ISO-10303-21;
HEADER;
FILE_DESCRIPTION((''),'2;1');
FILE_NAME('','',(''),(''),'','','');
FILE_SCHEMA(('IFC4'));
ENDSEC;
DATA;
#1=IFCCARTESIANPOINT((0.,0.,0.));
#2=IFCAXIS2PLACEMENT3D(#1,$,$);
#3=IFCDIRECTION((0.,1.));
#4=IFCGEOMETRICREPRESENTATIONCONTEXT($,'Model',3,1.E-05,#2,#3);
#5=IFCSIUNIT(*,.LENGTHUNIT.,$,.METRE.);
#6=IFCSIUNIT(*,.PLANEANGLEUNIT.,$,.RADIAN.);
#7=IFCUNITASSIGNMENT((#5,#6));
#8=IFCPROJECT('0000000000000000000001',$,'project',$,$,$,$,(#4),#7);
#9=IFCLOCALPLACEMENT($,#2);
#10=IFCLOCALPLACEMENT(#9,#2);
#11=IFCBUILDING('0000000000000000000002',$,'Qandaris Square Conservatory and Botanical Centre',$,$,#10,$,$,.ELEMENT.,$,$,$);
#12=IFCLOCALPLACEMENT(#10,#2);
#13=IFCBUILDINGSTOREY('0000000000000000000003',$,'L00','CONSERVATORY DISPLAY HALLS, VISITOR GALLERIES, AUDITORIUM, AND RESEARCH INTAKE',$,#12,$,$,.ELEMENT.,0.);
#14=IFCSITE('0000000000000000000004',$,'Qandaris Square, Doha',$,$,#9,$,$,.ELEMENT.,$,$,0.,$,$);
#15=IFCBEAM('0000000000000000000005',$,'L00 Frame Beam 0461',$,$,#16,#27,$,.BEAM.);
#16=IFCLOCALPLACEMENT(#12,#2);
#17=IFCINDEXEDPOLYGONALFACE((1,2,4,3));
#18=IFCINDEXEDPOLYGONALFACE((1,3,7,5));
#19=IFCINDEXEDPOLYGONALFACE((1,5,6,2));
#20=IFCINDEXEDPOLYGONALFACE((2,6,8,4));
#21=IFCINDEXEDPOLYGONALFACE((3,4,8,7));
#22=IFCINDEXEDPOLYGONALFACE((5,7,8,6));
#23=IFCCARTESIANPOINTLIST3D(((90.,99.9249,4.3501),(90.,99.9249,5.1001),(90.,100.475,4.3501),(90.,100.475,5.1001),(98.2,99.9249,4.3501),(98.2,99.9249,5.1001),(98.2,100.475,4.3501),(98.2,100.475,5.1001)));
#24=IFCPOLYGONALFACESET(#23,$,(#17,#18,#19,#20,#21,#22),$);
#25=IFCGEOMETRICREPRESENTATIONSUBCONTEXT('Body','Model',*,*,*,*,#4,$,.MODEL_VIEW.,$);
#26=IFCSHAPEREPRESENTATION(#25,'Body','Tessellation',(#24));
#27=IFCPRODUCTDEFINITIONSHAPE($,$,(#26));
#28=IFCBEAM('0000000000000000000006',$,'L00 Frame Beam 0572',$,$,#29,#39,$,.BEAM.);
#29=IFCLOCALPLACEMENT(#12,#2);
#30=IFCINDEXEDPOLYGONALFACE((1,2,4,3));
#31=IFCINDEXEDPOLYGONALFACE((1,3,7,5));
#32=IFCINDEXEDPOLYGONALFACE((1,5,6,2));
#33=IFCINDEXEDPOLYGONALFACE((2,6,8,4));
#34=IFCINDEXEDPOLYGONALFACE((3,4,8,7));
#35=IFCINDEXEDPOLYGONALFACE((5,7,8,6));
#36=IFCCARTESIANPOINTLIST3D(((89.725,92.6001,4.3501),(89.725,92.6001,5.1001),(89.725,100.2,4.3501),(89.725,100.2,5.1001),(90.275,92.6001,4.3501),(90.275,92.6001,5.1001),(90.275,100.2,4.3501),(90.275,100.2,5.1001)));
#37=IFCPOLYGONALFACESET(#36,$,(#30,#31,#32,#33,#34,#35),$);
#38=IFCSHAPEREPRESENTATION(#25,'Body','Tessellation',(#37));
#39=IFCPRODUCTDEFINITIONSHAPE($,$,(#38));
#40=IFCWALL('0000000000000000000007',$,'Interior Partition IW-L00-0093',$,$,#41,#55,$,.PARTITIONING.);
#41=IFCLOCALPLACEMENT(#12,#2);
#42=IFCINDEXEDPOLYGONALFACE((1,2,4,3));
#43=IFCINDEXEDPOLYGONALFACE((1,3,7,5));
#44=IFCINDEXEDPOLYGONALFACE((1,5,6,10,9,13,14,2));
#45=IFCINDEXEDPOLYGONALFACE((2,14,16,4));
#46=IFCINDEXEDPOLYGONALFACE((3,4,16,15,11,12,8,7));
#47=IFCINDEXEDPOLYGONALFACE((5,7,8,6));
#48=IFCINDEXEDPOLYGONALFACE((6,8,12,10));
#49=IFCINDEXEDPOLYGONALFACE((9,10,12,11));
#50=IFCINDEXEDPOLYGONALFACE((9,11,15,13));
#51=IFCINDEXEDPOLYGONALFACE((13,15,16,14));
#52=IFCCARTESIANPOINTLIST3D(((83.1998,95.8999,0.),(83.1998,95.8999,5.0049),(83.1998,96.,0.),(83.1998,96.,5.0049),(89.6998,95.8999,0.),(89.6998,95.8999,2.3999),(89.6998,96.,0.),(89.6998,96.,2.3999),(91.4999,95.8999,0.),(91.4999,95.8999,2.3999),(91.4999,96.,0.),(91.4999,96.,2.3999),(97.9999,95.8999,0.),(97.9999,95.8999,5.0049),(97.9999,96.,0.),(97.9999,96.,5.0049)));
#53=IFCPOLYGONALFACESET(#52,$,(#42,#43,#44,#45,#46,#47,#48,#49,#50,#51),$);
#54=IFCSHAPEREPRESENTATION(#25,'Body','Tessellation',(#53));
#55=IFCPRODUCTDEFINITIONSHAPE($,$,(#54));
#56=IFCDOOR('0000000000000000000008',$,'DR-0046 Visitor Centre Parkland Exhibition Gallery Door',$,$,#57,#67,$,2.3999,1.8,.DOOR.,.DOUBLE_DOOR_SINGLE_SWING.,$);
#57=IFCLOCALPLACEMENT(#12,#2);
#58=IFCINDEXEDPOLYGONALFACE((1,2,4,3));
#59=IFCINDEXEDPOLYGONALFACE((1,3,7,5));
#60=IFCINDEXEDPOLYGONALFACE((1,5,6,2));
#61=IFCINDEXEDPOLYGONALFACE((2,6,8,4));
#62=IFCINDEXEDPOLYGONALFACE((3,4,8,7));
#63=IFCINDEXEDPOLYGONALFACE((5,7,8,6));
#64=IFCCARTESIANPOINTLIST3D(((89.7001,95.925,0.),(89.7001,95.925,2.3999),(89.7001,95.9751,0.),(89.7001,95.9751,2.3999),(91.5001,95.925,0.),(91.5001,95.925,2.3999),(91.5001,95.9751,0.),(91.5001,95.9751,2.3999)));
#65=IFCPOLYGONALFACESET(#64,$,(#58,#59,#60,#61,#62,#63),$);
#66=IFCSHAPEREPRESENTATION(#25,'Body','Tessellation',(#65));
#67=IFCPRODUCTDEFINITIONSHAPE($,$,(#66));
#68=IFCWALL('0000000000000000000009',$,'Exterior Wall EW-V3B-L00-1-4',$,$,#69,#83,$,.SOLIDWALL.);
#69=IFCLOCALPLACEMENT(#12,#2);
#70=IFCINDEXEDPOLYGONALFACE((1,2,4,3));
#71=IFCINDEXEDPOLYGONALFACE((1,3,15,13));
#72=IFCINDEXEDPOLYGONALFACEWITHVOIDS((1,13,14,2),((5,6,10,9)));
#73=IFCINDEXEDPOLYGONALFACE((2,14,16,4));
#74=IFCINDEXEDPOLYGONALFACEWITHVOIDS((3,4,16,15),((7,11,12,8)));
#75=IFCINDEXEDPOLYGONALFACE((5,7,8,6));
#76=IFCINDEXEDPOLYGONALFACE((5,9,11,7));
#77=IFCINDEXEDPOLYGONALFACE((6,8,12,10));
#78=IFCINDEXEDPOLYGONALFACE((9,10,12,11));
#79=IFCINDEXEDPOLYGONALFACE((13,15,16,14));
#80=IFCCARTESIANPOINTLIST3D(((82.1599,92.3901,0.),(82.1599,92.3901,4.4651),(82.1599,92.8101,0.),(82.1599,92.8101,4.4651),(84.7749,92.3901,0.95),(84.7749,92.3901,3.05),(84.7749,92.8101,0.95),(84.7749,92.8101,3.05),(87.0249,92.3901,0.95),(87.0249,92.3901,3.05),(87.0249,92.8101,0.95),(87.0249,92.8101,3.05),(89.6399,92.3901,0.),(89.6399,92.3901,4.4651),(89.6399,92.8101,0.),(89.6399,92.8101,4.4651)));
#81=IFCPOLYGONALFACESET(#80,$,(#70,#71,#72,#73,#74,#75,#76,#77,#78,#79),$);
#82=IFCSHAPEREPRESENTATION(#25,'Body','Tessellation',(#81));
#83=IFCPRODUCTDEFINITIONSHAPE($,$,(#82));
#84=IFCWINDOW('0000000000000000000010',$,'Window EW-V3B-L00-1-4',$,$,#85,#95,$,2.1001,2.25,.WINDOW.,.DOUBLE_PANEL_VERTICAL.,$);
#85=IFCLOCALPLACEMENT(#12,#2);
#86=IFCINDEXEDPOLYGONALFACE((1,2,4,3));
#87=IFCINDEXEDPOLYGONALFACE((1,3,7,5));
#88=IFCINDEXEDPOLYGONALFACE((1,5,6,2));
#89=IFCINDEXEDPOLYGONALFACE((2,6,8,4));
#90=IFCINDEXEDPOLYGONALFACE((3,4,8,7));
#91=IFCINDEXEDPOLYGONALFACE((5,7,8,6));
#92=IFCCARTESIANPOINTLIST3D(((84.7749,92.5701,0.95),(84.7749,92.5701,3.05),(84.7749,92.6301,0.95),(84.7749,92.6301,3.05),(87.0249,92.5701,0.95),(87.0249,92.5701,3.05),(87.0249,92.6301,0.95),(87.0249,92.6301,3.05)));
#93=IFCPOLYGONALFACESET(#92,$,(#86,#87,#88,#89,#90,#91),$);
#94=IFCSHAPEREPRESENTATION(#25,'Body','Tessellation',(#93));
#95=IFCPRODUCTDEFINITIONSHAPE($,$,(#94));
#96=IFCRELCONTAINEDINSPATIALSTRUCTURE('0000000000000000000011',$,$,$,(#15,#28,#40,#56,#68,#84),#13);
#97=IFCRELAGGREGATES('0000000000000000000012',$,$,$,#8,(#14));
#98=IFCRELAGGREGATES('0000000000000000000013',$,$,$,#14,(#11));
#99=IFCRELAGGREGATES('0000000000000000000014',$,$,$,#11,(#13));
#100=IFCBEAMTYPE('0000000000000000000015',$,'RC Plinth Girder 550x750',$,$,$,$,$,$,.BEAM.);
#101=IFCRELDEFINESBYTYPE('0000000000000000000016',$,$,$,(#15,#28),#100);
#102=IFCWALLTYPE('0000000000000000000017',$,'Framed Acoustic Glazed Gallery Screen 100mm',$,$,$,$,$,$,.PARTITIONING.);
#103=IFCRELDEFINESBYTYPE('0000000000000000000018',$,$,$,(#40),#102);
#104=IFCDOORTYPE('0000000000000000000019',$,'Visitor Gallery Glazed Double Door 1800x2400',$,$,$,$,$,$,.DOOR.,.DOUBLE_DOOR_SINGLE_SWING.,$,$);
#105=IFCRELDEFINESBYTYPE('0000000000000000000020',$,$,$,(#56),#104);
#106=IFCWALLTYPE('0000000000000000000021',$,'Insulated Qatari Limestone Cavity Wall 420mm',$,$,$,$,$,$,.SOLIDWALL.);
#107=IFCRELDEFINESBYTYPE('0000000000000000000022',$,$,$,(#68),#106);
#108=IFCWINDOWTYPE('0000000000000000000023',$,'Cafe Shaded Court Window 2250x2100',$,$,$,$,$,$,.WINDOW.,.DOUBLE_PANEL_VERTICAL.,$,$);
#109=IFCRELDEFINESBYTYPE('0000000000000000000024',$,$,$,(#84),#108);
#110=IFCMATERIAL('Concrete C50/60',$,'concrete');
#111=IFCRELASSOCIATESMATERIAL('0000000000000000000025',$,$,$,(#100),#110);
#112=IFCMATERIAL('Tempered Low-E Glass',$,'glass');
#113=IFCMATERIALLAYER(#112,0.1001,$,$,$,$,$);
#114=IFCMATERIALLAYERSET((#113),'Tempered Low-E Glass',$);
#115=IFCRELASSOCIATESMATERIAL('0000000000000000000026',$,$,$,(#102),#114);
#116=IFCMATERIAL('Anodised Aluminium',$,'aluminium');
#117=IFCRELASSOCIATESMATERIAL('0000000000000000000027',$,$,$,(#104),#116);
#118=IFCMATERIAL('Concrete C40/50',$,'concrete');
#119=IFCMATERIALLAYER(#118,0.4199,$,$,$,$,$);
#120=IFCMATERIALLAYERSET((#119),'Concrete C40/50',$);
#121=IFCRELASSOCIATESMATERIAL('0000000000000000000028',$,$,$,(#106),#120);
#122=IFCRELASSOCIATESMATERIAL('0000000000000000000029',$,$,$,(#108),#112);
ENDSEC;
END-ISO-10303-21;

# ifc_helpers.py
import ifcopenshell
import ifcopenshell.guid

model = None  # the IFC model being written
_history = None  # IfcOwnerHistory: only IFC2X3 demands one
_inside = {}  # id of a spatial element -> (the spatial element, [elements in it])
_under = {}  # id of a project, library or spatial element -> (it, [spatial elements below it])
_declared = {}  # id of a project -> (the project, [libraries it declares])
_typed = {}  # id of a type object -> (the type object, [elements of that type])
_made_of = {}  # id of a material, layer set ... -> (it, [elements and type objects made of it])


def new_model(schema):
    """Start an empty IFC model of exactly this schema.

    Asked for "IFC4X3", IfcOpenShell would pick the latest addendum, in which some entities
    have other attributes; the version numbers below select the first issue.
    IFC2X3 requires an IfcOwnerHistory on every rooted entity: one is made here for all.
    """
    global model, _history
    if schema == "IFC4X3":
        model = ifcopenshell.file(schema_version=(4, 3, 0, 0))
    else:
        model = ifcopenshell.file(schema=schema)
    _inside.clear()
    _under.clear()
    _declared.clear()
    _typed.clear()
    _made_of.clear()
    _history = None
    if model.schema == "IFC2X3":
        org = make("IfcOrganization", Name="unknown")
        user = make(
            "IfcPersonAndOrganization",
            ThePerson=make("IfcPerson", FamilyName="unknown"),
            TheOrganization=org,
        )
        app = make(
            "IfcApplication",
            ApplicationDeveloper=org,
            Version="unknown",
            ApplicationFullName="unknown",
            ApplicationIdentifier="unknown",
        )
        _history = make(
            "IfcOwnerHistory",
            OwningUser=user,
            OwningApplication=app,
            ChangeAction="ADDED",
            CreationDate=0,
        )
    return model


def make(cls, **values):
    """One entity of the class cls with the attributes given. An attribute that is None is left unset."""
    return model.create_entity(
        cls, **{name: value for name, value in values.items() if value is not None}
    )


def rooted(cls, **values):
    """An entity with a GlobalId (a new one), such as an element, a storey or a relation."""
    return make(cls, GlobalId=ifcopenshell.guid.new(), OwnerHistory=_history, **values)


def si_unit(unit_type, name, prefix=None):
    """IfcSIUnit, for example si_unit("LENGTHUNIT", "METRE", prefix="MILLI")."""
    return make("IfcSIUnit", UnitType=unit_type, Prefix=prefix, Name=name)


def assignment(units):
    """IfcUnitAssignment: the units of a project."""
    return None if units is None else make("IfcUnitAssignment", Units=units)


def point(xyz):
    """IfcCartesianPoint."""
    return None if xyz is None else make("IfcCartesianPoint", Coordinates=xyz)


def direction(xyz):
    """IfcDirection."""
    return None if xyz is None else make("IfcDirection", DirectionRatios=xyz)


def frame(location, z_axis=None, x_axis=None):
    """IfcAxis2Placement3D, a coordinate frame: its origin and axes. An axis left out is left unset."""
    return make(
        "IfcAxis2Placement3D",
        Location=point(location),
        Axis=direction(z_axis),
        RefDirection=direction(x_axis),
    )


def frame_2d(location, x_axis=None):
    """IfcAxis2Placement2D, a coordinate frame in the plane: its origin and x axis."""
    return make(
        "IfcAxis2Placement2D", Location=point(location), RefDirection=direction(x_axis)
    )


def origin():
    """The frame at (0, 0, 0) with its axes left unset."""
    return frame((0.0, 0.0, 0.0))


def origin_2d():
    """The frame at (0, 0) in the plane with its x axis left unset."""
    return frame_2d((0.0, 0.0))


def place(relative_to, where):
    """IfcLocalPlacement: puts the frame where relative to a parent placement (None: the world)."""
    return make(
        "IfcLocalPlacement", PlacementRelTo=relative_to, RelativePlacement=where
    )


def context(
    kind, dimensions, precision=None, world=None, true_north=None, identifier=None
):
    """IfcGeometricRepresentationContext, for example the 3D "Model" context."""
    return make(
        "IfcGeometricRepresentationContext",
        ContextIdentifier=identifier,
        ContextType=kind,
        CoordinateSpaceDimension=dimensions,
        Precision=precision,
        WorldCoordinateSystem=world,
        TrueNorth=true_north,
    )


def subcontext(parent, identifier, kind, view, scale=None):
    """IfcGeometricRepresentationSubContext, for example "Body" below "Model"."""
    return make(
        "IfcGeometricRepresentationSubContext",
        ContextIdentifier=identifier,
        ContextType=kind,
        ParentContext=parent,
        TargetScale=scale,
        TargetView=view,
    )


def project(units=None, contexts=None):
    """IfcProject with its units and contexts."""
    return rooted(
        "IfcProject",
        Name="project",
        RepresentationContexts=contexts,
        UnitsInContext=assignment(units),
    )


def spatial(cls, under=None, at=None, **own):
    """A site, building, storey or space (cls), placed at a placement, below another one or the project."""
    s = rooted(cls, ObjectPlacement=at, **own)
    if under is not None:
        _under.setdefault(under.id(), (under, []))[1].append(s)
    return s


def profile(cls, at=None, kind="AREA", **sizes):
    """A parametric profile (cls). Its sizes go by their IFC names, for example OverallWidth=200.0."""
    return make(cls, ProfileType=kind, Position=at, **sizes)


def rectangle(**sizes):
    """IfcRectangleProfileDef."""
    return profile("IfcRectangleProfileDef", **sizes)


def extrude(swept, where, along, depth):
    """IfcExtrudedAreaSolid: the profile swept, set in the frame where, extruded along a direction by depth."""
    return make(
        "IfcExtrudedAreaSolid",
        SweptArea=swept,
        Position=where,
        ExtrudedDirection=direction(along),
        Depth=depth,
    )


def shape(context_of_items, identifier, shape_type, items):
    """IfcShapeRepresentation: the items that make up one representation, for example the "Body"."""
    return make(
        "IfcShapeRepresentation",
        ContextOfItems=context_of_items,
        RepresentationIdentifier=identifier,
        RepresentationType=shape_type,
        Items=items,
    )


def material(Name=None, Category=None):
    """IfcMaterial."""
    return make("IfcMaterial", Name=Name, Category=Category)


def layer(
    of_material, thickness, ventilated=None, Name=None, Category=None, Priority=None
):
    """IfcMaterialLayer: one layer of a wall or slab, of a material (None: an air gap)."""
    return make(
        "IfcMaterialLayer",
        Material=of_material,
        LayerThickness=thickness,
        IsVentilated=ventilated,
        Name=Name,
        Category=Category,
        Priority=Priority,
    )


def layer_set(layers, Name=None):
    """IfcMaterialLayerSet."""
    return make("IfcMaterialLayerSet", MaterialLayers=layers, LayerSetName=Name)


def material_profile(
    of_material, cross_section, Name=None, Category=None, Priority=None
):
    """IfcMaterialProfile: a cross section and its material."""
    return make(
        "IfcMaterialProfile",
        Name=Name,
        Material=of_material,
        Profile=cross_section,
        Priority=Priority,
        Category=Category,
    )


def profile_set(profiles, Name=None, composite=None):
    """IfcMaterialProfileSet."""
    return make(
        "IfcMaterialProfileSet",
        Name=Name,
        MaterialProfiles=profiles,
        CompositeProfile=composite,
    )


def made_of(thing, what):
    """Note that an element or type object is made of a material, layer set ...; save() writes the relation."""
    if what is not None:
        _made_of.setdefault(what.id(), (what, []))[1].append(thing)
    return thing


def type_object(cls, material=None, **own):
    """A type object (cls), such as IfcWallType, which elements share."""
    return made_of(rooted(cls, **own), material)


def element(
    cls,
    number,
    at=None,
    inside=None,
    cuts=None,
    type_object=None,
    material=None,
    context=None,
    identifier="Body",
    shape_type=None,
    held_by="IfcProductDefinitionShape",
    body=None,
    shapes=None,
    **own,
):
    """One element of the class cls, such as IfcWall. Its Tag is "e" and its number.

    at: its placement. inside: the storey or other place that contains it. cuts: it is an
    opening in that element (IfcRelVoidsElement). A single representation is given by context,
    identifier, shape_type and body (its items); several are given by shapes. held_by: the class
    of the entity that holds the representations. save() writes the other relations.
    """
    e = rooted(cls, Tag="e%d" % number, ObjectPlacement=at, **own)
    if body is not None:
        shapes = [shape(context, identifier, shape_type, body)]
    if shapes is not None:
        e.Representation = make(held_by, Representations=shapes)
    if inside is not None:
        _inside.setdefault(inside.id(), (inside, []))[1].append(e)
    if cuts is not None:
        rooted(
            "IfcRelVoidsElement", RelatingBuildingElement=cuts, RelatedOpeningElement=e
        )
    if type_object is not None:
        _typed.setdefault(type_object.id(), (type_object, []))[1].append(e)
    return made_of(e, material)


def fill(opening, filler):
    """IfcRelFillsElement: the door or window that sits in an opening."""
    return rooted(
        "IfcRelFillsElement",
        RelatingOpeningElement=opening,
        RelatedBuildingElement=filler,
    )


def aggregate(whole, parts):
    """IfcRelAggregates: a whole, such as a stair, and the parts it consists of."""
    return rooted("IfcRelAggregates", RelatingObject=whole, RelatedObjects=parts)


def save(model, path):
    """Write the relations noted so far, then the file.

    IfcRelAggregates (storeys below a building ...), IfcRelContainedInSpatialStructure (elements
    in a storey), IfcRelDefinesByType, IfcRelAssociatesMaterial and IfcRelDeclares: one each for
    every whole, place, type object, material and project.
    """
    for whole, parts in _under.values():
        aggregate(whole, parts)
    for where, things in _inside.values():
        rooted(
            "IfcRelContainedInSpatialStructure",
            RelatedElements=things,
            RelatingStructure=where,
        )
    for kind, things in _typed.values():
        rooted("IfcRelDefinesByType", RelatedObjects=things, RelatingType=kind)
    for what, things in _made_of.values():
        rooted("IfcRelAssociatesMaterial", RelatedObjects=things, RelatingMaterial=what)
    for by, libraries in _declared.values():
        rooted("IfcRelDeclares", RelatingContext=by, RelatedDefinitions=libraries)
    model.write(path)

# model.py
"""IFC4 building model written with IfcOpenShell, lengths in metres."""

from ifc_helpers import new_model, si_unit, direction, frame, frame_2d, origin, origin_2d, place, context, subcontext, project, spatial, rectangle, extrude, material, layer, layer_set, material_profile, profile_set, type_object, element, fill, save


model = new_model("IFC4")

# Units and contexts
model_context = context("Model", 3, precision=1e-05, world=origin(), true_north=direction((0.0, 1.0)))
body_context = subcontext(model_context, "Body", "Model", "MODEL_VIEW")
ifc_project = project(units=[si_unit("LENGTHUNIT", "METRE"), si_unit("PLANEANGLEUNIT", "RADIAN")], contexts=[model_context])

# Site, building, storey
site_placement = place(None, origin())
site = spatial("IfcSite", under=ifc_project, at=site_placement, Name="Qandaris Square, Doha", CompositionType="ELEMENT", RefElevation=0.0)
building_placement = place(site_placement, origin())
building = spatial("IfcBuilding", under=site, at=building_placement, Name="Qandaris Square Conservatory and Botanical Centre", CompositionType="ELEMENT")
storey_placement = place(building_placement, origin())
storey = spatial("IfcBuildingStorey", under=building, at=storey_placement, Name="L00", Description="CONSERVATORY DISPLAY HALLS, VISITOR GALLERIES, AUDITORIUM, AND RESEARCH INTAKE", CompositionType="ELEMENT", Elevation=0.0)

# Shared definitions
ifc_material_1 = material(Name="Concrete C50/60", Category="concrete")

# Shared definitions
ifc_material_2 = material(Name="Concrete C40/50", Category="concrete")

# Beams
ifc_material_profile_1 = material_profile(ifc_material_1, rectangle(XDim=0.55, YDim=0.75, at=origin_2d()), Name="RC-BM 550x750")
ifc_profile_set_1 = profile_set([ifc_material_profile_1], Name="Concrete C50/60")
beam_type_1 = type_object("IfcBeamType", Name="RC Plinth Girder 550x750", PredefinedType="BEAM", material=ifc_profile_set_1)
beam_1_placement = place(storey_placement, frame((90.0, 100.2, 4.7251), z_axis=(1.0, 0.0, 0.0), x_axis=(0.0, 1.0, 0.0)))
element("IfcBeam", 1, at=beam_1_placement, inside=storey, type_object=beam_type_1, Name="L00 Frame Beam 0461", PredefinedType="BEAM", context=body_context, shape_type="SweptSolid", body=[
    extrude(rectangle(XDim=0.55, YDim=0.75, at=origin_2d()), origin(), (0.0, 0.0, 1.0), 8.2),
])
beam_2_placement = place(storey_placement, frame((90.0, 92.6001, 4.7251), z_axis=(0.0, 1.0, 0.0), x_axis=(-1.0, 0.0, 0.0)))
element("IfcBeam", 2, at=beam_2_placement, inside=storey, type_object=beam_type_1, Name="L00 Frame Beam 0572", PredefinedType="BEAM", context=body_context, shape_type="SweptSolid", body=[
    extrude(rectangle(XDim=0.55, YDim=0.75, at=origin_2d()), origin(), (0.0, 0.0, 1.0), 7.5999),
])

# Wall, opening, door
ifc_material_3 = material(Name="Tempered Low-E Glass", Category="glass")
ifc_layer_1 = layer(ifc_material_3, 0.1001)
ifc_layer_set_1 = layer_set([ifc_layer_1], Name="Tempered Low-E Glass")
wall_type_1 = type_object("IfcWallType", Name="Framed Acoustic Glazed Gallery Screen 100mm", PredefinedType="PARTITIONING", material=ifc_layer_set_1)
wall_1_placement = place(storey_placement, frame((83.2, 95.95, 0.0), z_axis=(0.0, 0.0, 1.0), x_axis=(1.0, 0.0, 0.0)))
wall_1 = element("IfcWall", 3, at=wall_1_placement, inside=storey, type_object=wall_type_1, Name="Interior Partition IW-L00-0093", PredefinedType="PARTITIONING", context=body_context, shape_type="SweptSolid", body=[
    extrude(rectangle(XDim=14.8, YDim=0.1001, at=frame_2d((7.3999, 0.0))), origin(), (0.0, 0.0, 1.0), 5.0049),
])
opening_1_placement = place(wall_1_placement, frame((6.5, 0.0, 0.0)))
opening_1 = element("IfcOpeningElement", 4, at=opening_1_placement, cuts=wall_1, PredefinedType="OPENING", context=body_context, shape_type="SweptSolid", body=[
    extrude(rectangle(XDim=1.8, YDim=2.3999, at=frame_2d((0.8999, 1.2))), frame((0.0, 0.062, 0.0), z_axis=(0.0, -1.0, 0.0), x_axis=(1.0, 0.0, 0.0)), (0.0, 0.0, 1.0), 0.124),
])
ifc_material_4 = material(Name="Anodised Aluminium", Category="aluminium")
door_type = type_object("IfcDoorType", Name="Visitor Gallery Glazed Double Door 1800x2400", OperationType="DOUBLE_DOOR_SINGLE_SWING", PredefinedType="DOOR", material=ifc_material_4)
door_placement = place(opening_1_placement, frame((1.8, 0.0, 0.0), z_axis=(0.0, 0.0, 1.0), x_axis=(-1.0, 0.0, 0.0)))
door = element("IfcDoor", 5, at=door_placement, inside=storey, type_object=door_type, Name="DR-0046 Visitor Centre Parkland Exhibition Gallery Door", OperationType="DOUBLE_DOOR_SINGLE_SWING", OverallHeight=2.3999, OverallWidth=1.8, PredefinedType="DOOR", context=body_context, shape_type="SweptSolid", body=[
    extrude(rectangle(XDim=1.8, YDim=2.3999, at=frame_2d((0.8999, 1.2))), frame((0.0, 0.0249, 0.0), z_axis=(0.0, -1.0, 0.0), x_axis=(1.0, 0.0, 0.0)), (0.0, 0.0, 1.0), 0.05),
])
fill(opening_1, door)

# Wall, opening, window
ifc_layer_2 = layer(ifc_material_2, 0.4199)
ifc_layer_set_2 = layer_set([ifc_layer_2], Name="Concrete C40/50")
wall_type_2 = type_object("IfcWallType", Name="Insulated Qatari Limestone Cavity Wall 420mm", PredefinedType="SOLIDWALL", material=ifc_layer_set_2)
wall_2_placement = place(storey_placement, frame((82.1599, 92.6001, 0.0), z_axis=(0.0, 0.0, 1.0), x_axis=(1.0, 0.0, 0.0)))
wall_2 = element("IfcWall", 6, at=wall_2_placement, inside=storey, type_object=wall_type_2, Name="Exterior Wall EW-V3B-L00-1-4", PredefinedType="SOLIDWALL", context=body_context, shape_type="SweptSolid", body=[
    extrude(rectangle(XDim=7.48, YDim=0.4199, at=frame_2d((3.74, 0.0))), origin(), (0.0, 0.0, 1.0), 4.4651),
])
opening_2_placement = place(wall_2_placement, frame((2.615, 0.0, 0.95)))
opening_2 = element("IfcOpeningElement", 7, at=opening_2_placement, cuts=wall_2, PredefinedType="OPENING", context=body_context, shape_type="SweptSolid", body=[
    extrude(rectangle(XDim=2.25, YDim=2.1001, at=frame_2d((1.125, 1.05))), frame((0.0, 0.2219, 0.0), z_axis=(0.0, -1.0, 0.0), x_axis=(1.0, 0.0, 0.0)), (0.0, 0.0, 1.0), 0.4438),
])
window_type = type_object("IfcWindowType", Name="Cafe Shaded Court Window 2250x2100", PartitioningType="DOUBLE_PANEL_VERTICAL", PredefinedType="WINDOW", material=ifc_material_3)
window_placement = place(opening_2_placement, origin())
window = element("IfcWindow", 8, at=window_placement, inside=storey, type_object=window_type, Name="Window EW-V3B-L00-1-4", OverallHeight=2.1001, OverallWidth=2.25, PartitioningType="DOUBLE_PANEL_VERTICAL", PredefinedType="WINDOW", context=body_context, shape_type="SweptSolid", body=[
    extrude(rectangle(XDim=2.25, YDim=2.1001, at=frame_2d((1.125, 1.05))), frame((0.0, 0.03, 0.0), z_axis=(0.0, -1.0, 0.0), x_axis=(1.0, 0.0, 0.0)), (0.0, 0.0, 1.0), 0.0601),
])
fill(opening_2, window)

save(model, "model.ifc")
